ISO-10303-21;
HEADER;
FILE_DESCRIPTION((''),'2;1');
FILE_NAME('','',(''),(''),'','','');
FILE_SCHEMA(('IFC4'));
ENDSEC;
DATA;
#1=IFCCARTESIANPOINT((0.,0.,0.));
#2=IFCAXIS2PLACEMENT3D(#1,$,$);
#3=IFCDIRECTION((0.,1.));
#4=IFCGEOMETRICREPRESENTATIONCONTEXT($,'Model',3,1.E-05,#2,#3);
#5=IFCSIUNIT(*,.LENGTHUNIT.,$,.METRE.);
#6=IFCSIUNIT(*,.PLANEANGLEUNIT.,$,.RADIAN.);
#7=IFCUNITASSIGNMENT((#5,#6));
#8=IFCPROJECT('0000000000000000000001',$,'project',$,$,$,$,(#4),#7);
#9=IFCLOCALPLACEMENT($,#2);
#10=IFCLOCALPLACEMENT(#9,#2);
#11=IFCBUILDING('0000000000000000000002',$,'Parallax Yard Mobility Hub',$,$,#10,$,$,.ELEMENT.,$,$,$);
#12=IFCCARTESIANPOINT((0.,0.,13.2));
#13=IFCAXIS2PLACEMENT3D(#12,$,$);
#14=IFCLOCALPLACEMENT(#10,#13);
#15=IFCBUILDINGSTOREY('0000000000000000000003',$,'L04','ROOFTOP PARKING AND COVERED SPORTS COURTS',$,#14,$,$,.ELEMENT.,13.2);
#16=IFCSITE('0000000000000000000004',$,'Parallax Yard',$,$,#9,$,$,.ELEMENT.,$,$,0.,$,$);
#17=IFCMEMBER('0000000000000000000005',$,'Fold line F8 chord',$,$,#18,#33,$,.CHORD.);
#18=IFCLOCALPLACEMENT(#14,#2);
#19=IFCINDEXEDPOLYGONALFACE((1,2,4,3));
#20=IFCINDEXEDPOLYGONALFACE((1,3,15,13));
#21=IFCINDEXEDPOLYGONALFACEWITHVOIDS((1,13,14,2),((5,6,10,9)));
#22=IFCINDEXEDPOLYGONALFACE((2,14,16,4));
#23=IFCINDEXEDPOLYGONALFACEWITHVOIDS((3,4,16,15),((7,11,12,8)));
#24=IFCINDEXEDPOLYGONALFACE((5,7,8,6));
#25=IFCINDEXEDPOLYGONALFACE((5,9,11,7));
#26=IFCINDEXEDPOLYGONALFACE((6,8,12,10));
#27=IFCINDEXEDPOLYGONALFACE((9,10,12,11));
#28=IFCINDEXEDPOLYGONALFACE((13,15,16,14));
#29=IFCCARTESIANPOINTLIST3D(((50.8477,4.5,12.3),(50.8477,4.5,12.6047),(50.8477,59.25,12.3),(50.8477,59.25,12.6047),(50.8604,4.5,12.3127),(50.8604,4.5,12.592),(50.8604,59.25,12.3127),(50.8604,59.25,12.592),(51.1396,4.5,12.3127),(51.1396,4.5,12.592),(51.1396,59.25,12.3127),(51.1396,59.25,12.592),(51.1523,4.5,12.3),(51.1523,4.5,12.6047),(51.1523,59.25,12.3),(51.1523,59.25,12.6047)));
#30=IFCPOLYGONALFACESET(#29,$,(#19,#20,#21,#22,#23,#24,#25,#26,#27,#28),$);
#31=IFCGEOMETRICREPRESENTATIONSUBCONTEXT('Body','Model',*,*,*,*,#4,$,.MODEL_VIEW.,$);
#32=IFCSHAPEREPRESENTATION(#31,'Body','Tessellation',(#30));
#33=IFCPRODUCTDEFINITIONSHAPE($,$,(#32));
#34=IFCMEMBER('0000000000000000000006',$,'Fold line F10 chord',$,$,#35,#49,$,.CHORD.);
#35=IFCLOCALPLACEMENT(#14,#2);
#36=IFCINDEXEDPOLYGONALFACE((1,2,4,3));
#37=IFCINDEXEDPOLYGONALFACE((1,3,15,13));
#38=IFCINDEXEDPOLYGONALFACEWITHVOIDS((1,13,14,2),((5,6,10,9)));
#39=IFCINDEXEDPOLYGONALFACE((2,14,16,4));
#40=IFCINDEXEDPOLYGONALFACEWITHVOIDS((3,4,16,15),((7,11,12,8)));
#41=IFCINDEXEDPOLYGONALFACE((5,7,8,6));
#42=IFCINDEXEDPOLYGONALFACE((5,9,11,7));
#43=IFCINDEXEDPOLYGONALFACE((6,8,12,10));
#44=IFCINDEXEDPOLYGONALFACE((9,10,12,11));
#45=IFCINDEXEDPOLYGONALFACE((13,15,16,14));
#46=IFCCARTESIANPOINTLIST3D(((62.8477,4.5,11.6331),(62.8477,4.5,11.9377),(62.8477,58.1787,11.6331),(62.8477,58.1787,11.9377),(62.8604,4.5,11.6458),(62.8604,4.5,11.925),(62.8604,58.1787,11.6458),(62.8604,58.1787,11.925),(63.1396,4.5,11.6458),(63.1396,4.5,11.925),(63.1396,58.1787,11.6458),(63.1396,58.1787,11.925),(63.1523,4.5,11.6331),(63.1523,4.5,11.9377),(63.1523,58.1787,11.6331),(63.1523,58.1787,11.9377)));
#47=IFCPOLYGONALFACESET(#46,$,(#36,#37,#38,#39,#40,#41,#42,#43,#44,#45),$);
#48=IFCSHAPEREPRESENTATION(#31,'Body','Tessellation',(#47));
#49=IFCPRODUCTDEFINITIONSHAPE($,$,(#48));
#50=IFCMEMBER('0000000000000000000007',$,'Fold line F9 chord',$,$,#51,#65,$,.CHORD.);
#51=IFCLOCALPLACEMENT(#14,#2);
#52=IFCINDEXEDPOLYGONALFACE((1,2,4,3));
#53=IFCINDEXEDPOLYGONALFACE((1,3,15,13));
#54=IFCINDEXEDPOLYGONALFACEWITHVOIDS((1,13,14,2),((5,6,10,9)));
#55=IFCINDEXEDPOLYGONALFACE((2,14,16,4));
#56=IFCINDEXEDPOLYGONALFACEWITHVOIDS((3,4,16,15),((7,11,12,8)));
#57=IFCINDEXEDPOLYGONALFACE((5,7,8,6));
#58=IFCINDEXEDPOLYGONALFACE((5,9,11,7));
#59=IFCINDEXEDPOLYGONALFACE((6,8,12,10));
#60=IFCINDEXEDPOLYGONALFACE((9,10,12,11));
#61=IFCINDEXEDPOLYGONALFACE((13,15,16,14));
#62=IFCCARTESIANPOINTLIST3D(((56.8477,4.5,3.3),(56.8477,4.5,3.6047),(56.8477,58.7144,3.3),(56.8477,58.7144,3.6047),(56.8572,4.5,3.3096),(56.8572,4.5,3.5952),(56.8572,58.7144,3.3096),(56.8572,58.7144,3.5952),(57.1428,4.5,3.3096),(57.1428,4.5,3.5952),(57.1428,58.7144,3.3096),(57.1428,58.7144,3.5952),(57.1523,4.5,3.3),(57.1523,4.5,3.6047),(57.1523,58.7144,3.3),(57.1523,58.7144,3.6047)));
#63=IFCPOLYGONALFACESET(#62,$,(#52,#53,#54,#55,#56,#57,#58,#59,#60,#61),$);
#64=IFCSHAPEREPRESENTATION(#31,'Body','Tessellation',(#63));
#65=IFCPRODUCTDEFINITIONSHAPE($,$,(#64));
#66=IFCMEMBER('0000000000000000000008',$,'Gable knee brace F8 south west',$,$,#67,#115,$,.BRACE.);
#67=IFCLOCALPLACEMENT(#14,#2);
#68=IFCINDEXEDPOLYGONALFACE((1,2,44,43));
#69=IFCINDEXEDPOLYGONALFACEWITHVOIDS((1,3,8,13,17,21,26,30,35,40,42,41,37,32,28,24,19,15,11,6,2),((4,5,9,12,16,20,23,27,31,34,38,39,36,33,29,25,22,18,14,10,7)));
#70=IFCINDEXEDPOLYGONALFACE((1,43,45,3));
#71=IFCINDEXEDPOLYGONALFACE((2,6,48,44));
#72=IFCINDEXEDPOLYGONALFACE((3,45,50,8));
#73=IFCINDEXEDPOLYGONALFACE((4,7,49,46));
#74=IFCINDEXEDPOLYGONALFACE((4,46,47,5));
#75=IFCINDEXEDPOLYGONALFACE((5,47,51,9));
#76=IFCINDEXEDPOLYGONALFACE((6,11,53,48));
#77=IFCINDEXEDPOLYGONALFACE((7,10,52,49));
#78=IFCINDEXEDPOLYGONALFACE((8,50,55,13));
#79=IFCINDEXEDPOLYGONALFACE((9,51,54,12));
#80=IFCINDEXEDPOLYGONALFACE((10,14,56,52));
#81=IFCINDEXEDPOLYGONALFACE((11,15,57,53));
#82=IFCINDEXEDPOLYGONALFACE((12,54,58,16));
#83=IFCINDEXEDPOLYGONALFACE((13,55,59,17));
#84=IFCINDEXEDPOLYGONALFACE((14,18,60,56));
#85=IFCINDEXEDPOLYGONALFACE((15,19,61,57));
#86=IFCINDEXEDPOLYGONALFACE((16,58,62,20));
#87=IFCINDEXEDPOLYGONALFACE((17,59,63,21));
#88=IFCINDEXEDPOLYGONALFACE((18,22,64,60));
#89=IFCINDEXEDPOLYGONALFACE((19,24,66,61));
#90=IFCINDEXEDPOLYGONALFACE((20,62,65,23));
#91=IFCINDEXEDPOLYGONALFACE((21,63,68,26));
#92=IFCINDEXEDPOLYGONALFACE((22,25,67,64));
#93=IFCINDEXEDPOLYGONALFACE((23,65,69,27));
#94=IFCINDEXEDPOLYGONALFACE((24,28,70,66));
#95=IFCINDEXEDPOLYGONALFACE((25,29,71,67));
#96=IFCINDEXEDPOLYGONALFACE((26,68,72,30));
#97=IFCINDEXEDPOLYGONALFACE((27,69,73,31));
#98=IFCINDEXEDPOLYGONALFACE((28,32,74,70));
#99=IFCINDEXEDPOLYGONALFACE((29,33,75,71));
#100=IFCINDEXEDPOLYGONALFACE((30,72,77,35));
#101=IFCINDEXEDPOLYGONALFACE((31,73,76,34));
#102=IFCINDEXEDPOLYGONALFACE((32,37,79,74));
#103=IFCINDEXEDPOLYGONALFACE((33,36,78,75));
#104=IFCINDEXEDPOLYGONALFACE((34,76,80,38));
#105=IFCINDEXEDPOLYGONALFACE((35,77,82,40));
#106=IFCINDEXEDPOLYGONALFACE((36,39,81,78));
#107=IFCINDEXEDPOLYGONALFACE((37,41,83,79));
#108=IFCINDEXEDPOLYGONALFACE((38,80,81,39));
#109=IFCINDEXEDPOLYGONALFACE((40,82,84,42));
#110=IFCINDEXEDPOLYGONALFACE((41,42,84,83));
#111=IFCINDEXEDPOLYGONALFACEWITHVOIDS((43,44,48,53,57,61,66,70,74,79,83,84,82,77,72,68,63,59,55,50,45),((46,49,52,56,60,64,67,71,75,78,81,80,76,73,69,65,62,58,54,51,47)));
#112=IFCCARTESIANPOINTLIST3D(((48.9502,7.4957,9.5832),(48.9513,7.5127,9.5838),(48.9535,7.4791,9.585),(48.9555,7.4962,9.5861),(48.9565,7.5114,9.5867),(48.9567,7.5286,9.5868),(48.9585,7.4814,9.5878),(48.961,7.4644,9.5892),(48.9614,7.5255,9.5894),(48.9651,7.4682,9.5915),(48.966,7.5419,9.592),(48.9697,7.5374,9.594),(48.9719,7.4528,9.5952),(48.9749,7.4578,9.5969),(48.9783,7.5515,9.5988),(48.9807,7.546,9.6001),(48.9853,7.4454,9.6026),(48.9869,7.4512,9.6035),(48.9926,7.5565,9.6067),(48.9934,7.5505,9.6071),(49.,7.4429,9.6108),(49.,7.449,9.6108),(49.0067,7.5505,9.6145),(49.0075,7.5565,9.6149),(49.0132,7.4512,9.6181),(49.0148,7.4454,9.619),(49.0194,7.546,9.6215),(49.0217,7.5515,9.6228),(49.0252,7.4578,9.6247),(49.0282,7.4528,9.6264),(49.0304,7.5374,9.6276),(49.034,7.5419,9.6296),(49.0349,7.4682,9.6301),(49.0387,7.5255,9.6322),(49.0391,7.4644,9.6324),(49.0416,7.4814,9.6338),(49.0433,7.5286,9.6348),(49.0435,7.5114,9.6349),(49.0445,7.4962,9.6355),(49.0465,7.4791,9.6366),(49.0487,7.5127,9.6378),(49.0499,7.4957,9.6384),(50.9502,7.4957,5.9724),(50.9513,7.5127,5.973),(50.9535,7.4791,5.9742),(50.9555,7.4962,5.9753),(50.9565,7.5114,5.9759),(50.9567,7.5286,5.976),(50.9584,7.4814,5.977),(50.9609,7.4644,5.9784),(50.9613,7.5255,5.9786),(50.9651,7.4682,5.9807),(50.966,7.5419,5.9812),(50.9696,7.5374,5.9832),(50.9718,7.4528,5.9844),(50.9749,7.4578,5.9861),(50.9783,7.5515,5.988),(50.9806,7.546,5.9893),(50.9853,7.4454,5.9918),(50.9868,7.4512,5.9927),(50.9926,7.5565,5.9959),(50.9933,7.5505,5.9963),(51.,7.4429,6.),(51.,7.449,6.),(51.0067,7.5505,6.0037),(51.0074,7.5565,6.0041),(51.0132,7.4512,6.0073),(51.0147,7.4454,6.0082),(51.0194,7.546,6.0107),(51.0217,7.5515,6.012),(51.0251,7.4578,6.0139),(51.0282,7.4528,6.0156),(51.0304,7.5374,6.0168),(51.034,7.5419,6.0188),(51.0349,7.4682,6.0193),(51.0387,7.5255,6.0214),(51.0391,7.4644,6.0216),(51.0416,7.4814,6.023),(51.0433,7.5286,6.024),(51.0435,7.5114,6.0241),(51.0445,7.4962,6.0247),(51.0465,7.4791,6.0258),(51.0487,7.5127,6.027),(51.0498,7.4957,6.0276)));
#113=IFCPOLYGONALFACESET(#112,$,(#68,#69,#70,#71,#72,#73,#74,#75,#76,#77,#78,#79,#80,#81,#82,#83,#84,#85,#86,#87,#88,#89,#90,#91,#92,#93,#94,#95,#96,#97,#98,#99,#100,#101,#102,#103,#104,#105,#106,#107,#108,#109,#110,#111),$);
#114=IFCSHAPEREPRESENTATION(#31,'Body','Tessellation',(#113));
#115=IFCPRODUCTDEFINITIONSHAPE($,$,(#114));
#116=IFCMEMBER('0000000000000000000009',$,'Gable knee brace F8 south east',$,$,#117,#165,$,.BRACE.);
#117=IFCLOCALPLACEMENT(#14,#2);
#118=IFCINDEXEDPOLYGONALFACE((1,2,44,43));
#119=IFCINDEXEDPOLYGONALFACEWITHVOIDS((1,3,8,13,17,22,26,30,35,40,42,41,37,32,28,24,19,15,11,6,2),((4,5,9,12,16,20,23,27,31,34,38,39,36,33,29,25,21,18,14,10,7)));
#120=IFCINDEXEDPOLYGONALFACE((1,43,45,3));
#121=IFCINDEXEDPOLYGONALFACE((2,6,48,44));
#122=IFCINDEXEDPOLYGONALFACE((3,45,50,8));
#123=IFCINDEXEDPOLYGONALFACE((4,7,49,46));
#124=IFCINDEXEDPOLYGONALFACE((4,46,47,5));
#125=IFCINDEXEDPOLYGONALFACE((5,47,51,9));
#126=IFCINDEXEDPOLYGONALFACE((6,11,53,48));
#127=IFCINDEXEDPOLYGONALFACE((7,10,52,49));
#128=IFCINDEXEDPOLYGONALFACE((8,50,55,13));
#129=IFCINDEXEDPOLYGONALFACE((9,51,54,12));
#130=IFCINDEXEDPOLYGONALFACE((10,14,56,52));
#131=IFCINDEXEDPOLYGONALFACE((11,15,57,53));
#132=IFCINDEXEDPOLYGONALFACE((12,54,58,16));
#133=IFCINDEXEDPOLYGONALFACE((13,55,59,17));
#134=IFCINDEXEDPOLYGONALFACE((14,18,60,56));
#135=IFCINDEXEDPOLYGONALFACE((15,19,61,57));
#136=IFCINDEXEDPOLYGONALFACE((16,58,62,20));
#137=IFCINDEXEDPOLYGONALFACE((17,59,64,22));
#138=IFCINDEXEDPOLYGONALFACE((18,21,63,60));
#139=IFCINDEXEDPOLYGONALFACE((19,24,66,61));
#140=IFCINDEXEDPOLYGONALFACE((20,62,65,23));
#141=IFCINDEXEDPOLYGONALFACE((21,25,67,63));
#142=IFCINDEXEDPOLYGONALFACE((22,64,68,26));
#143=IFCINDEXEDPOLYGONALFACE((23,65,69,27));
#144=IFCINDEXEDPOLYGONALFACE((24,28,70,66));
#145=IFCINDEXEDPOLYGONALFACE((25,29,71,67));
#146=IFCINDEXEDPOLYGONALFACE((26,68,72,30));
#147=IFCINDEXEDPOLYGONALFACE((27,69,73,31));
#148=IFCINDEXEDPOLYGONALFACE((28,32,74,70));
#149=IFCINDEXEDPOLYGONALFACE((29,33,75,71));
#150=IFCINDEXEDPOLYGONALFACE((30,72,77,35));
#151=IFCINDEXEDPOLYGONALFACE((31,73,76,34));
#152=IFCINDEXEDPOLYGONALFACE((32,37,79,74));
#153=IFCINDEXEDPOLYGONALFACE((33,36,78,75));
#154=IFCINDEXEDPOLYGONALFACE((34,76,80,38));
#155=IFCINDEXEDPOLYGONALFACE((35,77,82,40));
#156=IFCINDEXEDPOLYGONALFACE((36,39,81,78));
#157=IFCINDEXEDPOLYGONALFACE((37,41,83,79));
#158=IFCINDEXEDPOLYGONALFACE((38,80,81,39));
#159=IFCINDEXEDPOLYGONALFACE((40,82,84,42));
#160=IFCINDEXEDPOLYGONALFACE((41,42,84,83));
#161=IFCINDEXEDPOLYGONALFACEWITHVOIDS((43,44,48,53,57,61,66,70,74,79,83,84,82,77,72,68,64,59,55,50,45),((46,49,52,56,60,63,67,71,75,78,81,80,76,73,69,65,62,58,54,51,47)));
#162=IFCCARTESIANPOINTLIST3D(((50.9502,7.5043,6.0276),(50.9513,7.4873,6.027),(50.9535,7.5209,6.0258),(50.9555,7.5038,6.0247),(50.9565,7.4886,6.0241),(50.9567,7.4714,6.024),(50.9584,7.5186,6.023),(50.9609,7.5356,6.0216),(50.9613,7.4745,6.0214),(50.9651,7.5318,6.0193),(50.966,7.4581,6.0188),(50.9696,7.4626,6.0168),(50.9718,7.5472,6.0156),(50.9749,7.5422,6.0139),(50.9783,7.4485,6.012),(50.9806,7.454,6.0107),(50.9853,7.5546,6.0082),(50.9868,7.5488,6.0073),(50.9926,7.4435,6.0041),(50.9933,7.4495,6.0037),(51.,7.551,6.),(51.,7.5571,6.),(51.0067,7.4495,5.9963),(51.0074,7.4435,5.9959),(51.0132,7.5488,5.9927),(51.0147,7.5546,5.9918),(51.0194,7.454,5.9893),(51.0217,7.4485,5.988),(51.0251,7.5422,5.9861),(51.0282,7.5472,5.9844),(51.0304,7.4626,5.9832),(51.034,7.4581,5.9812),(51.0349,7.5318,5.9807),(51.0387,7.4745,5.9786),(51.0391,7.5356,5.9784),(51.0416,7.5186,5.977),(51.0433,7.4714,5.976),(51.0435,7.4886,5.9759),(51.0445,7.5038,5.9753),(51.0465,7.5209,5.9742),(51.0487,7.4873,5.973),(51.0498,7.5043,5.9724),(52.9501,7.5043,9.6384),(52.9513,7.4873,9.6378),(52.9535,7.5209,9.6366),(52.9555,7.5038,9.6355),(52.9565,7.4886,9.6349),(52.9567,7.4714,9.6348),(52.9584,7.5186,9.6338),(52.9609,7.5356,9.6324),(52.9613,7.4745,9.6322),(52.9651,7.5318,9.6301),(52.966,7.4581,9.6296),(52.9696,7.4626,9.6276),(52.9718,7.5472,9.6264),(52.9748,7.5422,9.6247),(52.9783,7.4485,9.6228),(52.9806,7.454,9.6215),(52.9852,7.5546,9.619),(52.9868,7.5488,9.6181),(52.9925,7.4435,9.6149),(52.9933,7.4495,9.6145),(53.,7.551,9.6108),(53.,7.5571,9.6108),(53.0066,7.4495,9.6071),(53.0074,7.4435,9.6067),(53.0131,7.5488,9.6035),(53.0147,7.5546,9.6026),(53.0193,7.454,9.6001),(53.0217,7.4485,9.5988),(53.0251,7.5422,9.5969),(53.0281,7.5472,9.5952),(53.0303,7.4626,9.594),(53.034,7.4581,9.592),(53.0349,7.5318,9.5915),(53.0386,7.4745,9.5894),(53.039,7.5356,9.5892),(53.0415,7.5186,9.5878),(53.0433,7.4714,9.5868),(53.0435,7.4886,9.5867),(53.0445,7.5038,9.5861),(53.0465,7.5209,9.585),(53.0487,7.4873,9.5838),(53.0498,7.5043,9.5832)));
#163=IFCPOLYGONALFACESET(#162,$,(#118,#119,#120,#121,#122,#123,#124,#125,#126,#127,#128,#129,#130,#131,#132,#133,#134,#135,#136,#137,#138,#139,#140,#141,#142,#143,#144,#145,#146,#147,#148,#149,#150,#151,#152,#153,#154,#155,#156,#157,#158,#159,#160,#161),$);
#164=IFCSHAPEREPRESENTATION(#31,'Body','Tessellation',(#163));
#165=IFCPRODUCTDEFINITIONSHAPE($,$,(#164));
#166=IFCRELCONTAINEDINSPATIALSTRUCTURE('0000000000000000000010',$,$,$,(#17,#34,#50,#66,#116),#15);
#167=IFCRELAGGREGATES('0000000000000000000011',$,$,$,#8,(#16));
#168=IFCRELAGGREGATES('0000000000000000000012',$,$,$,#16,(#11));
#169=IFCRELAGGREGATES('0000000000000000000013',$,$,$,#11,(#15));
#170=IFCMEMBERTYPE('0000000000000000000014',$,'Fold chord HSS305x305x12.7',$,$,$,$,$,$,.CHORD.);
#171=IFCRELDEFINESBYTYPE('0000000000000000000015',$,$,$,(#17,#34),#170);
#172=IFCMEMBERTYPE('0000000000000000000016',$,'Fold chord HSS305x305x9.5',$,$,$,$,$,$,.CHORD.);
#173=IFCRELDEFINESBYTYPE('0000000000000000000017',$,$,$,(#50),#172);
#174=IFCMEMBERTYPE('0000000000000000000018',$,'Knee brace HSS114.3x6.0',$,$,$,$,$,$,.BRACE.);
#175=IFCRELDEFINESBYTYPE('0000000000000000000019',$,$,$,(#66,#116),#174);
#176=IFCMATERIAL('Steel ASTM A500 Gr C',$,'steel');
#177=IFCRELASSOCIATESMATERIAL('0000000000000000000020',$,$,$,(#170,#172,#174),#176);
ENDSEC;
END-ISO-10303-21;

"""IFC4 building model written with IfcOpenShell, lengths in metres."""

from ifc_helpers import new_model, si_unit, direction, frame, origin, origin_2d, place, context, subcontext, project, spatial, hollow_rectangle, hollow_circle, extrude, material, material_profile, profile_set, type_object, element, save


model = new_model("IFC4")

# Units and contexts
model_context = context("Model", 3, precision=1e-05, world=origin(), true_north=direction((0.0, 1.0)))
body_context = subcontext(model_context, "Body", "Model", "MODEL_VIEW")
ifc_project = project(units=[si_unit("LENGTHUNIT", "METRE"), si_unit("PLANEANGLEUNIT", "RADIAN")], contexts=[model_context])

# Site, building, storey
site_placement = place(None, origin())
site = spatial("IfcSite", under=ifc_project, at=site_placement, Name="Parallax Yard", CompositionType="ELEMENT", RefElevation=0.0)
building_placement = place(site_placement, origin())
building = spatial("IfcBuilding", under=site, at=building_placement, Name="Parallax Yard Mobility Hub", CompositionType="ELEMENT")
storey_placement = place(building_placement, frame((0.0, 0.0, 13.2)))
storey = spatial("IfcBuildingStorey", under=building, at=storey_placement, Name="L04", Description="ROOFTOP PARKING AND COVERED SPORTS COURTS", CompositionType="ELEMENT", Elevation=13.2)

# Members
ifc_material_1 = material(Name="Steel ASTM A500 Gr C", Category="steel")
ifc_material_profile_1 = material_profile(ifc_material_1, hollow_rectangle(XDim=0.3047, YDim=0.3047, WallThickness=0.0127, at=origin_2d()), Name="HSS305x305x12.7")
ifc_profile_set_1 = profile_set([ifc_material_profile_1], Name="Steel ASTM A500 Gr C")
member_type_1 = type_object("IfcMemberType", Name="Fold chord HSS305x305x12.7", PredefinedType="CHORD", material=ifc_profile_set_1)
member_1_placement = place(storey_placement, frame((51.0, 4.5, 12.4524), z_axis=(0.0, 1.0, 0.0), x_axis=(-1.0, 0.0, 0.0)))
element("IfcMember", 1, at=member_1_placement, inside=storey, type_object=member_type_1, Name="Fold line F8 chord", PredefinedType="CHORD", context=body_context, shape_type="SweptSolid", body=[
    extrude(hollow_rectangle(XDim=0.3047, YDim=0.3047, WallThickness=0.0127, at=origin_2d()), origin(), (0.0, 0.0, 1.0), 54.75),
])
member_2_placement = place(storey_placement, frame((63.0, 4.5, 11.7854), z_axis=(0.0, 1.0, 0.0), x_axis=(-1.0, 0.0, 0.0)))
element("IfcMember", 2, at=member_2_placement, inside=storey, type_object=member_type_1, Name="Fold line F10 chord", PredefinedType="CHORD", context=body_context, shape_type="SweptSolid", body=[
    extrude(hollow_rectangle(XDim=0.3047, YDim=0.3047, WallThickness=0.0127, at=origin_2d()), origin(), (0.0, 0.0, 1.0), 53.6787),
])
ifc_material_profile_2 = material_profile(ifc_material_1, hollow_rectangle(XDim=0.3047, YDim=0.3047, WallThickness=0.0095, at=origin_2d()), Name="HSS305x305x9.5")
ifc_profile_set_2 = profile_set([ifc_material_profile_2], Name="Steel ASTM A500 Gr C")
member_type_2 = type_object("IfcMemberType", Name="Fold chord HSS305x305x9.5", PredefinedType="CHORD", material=ifc_profile_set_2)
member_3_placement = place(storey_placement, frame((57.0, 4.5, 3.4524), z_axis=(0.0, 1.0, 0.0), x_axis=(-1.0, 0.0, 0.0)))
element("IfcMember", 3, at=member_3_placement, inside=storey, type_object=member_type_2, Name="Fold line F9 chord", PredefinedType="CHORD", context=body_context, shape_type="SweptSolid", body=[
    extrude(hollow_rectangle(XDim=0.3047, YDim=0.3047, WallThickness=0.0095, at=origin_2d()), origin(), (0.0, 0.0, 1.0), 54.2144),
])
ifc_material_profile_3 = material_profile(ifc_material_1, hollow_circle(Radius=0.0571, WallThickness=0.0061, at=origin_2d()), Name="HSS114.3x6.0")
ifc_profile_set_3 = profile_set([ifc_material_profile_3], Name="Steel ASTM A500 Gr C")
member_type_3 = type_object("IfcMemberType", Name="Knee brace HSS114.3x6.0", PredefinedType="BRACE", material=ifc_profile_set_3)
for number, where, z_axis, x_axis, name in (
    (4, (51.0, 7.5, 6.0), (-0.484528, 0.0, 0.874776), (0.0, -1.0, 0.0), "Gable knee brace F8 south west"),
    (5, (51.0, 7.5, 6.0), (0.484528, 0.0, 0.874776), (0.0, 1.0, 0.0), "Gable knee brace F8 south east"),
):
    element("IfcMember", number, at=place(storey_placement, frame(where, z_axis=z_axis, x_axis=x_axis)), inside=storey, type_object=member_type_3, Name=name, PredefinedType="BRACE", context=body_context, shape_type="SweptSolid", body=[
        extrude(hollow_circle(Radius=0.0571, WallThickness=0.0061, at=origin_2d()), origin(), (0.0, 0.0, 1.0), 4.1277),
    ])

save(model, "model.ifc")
